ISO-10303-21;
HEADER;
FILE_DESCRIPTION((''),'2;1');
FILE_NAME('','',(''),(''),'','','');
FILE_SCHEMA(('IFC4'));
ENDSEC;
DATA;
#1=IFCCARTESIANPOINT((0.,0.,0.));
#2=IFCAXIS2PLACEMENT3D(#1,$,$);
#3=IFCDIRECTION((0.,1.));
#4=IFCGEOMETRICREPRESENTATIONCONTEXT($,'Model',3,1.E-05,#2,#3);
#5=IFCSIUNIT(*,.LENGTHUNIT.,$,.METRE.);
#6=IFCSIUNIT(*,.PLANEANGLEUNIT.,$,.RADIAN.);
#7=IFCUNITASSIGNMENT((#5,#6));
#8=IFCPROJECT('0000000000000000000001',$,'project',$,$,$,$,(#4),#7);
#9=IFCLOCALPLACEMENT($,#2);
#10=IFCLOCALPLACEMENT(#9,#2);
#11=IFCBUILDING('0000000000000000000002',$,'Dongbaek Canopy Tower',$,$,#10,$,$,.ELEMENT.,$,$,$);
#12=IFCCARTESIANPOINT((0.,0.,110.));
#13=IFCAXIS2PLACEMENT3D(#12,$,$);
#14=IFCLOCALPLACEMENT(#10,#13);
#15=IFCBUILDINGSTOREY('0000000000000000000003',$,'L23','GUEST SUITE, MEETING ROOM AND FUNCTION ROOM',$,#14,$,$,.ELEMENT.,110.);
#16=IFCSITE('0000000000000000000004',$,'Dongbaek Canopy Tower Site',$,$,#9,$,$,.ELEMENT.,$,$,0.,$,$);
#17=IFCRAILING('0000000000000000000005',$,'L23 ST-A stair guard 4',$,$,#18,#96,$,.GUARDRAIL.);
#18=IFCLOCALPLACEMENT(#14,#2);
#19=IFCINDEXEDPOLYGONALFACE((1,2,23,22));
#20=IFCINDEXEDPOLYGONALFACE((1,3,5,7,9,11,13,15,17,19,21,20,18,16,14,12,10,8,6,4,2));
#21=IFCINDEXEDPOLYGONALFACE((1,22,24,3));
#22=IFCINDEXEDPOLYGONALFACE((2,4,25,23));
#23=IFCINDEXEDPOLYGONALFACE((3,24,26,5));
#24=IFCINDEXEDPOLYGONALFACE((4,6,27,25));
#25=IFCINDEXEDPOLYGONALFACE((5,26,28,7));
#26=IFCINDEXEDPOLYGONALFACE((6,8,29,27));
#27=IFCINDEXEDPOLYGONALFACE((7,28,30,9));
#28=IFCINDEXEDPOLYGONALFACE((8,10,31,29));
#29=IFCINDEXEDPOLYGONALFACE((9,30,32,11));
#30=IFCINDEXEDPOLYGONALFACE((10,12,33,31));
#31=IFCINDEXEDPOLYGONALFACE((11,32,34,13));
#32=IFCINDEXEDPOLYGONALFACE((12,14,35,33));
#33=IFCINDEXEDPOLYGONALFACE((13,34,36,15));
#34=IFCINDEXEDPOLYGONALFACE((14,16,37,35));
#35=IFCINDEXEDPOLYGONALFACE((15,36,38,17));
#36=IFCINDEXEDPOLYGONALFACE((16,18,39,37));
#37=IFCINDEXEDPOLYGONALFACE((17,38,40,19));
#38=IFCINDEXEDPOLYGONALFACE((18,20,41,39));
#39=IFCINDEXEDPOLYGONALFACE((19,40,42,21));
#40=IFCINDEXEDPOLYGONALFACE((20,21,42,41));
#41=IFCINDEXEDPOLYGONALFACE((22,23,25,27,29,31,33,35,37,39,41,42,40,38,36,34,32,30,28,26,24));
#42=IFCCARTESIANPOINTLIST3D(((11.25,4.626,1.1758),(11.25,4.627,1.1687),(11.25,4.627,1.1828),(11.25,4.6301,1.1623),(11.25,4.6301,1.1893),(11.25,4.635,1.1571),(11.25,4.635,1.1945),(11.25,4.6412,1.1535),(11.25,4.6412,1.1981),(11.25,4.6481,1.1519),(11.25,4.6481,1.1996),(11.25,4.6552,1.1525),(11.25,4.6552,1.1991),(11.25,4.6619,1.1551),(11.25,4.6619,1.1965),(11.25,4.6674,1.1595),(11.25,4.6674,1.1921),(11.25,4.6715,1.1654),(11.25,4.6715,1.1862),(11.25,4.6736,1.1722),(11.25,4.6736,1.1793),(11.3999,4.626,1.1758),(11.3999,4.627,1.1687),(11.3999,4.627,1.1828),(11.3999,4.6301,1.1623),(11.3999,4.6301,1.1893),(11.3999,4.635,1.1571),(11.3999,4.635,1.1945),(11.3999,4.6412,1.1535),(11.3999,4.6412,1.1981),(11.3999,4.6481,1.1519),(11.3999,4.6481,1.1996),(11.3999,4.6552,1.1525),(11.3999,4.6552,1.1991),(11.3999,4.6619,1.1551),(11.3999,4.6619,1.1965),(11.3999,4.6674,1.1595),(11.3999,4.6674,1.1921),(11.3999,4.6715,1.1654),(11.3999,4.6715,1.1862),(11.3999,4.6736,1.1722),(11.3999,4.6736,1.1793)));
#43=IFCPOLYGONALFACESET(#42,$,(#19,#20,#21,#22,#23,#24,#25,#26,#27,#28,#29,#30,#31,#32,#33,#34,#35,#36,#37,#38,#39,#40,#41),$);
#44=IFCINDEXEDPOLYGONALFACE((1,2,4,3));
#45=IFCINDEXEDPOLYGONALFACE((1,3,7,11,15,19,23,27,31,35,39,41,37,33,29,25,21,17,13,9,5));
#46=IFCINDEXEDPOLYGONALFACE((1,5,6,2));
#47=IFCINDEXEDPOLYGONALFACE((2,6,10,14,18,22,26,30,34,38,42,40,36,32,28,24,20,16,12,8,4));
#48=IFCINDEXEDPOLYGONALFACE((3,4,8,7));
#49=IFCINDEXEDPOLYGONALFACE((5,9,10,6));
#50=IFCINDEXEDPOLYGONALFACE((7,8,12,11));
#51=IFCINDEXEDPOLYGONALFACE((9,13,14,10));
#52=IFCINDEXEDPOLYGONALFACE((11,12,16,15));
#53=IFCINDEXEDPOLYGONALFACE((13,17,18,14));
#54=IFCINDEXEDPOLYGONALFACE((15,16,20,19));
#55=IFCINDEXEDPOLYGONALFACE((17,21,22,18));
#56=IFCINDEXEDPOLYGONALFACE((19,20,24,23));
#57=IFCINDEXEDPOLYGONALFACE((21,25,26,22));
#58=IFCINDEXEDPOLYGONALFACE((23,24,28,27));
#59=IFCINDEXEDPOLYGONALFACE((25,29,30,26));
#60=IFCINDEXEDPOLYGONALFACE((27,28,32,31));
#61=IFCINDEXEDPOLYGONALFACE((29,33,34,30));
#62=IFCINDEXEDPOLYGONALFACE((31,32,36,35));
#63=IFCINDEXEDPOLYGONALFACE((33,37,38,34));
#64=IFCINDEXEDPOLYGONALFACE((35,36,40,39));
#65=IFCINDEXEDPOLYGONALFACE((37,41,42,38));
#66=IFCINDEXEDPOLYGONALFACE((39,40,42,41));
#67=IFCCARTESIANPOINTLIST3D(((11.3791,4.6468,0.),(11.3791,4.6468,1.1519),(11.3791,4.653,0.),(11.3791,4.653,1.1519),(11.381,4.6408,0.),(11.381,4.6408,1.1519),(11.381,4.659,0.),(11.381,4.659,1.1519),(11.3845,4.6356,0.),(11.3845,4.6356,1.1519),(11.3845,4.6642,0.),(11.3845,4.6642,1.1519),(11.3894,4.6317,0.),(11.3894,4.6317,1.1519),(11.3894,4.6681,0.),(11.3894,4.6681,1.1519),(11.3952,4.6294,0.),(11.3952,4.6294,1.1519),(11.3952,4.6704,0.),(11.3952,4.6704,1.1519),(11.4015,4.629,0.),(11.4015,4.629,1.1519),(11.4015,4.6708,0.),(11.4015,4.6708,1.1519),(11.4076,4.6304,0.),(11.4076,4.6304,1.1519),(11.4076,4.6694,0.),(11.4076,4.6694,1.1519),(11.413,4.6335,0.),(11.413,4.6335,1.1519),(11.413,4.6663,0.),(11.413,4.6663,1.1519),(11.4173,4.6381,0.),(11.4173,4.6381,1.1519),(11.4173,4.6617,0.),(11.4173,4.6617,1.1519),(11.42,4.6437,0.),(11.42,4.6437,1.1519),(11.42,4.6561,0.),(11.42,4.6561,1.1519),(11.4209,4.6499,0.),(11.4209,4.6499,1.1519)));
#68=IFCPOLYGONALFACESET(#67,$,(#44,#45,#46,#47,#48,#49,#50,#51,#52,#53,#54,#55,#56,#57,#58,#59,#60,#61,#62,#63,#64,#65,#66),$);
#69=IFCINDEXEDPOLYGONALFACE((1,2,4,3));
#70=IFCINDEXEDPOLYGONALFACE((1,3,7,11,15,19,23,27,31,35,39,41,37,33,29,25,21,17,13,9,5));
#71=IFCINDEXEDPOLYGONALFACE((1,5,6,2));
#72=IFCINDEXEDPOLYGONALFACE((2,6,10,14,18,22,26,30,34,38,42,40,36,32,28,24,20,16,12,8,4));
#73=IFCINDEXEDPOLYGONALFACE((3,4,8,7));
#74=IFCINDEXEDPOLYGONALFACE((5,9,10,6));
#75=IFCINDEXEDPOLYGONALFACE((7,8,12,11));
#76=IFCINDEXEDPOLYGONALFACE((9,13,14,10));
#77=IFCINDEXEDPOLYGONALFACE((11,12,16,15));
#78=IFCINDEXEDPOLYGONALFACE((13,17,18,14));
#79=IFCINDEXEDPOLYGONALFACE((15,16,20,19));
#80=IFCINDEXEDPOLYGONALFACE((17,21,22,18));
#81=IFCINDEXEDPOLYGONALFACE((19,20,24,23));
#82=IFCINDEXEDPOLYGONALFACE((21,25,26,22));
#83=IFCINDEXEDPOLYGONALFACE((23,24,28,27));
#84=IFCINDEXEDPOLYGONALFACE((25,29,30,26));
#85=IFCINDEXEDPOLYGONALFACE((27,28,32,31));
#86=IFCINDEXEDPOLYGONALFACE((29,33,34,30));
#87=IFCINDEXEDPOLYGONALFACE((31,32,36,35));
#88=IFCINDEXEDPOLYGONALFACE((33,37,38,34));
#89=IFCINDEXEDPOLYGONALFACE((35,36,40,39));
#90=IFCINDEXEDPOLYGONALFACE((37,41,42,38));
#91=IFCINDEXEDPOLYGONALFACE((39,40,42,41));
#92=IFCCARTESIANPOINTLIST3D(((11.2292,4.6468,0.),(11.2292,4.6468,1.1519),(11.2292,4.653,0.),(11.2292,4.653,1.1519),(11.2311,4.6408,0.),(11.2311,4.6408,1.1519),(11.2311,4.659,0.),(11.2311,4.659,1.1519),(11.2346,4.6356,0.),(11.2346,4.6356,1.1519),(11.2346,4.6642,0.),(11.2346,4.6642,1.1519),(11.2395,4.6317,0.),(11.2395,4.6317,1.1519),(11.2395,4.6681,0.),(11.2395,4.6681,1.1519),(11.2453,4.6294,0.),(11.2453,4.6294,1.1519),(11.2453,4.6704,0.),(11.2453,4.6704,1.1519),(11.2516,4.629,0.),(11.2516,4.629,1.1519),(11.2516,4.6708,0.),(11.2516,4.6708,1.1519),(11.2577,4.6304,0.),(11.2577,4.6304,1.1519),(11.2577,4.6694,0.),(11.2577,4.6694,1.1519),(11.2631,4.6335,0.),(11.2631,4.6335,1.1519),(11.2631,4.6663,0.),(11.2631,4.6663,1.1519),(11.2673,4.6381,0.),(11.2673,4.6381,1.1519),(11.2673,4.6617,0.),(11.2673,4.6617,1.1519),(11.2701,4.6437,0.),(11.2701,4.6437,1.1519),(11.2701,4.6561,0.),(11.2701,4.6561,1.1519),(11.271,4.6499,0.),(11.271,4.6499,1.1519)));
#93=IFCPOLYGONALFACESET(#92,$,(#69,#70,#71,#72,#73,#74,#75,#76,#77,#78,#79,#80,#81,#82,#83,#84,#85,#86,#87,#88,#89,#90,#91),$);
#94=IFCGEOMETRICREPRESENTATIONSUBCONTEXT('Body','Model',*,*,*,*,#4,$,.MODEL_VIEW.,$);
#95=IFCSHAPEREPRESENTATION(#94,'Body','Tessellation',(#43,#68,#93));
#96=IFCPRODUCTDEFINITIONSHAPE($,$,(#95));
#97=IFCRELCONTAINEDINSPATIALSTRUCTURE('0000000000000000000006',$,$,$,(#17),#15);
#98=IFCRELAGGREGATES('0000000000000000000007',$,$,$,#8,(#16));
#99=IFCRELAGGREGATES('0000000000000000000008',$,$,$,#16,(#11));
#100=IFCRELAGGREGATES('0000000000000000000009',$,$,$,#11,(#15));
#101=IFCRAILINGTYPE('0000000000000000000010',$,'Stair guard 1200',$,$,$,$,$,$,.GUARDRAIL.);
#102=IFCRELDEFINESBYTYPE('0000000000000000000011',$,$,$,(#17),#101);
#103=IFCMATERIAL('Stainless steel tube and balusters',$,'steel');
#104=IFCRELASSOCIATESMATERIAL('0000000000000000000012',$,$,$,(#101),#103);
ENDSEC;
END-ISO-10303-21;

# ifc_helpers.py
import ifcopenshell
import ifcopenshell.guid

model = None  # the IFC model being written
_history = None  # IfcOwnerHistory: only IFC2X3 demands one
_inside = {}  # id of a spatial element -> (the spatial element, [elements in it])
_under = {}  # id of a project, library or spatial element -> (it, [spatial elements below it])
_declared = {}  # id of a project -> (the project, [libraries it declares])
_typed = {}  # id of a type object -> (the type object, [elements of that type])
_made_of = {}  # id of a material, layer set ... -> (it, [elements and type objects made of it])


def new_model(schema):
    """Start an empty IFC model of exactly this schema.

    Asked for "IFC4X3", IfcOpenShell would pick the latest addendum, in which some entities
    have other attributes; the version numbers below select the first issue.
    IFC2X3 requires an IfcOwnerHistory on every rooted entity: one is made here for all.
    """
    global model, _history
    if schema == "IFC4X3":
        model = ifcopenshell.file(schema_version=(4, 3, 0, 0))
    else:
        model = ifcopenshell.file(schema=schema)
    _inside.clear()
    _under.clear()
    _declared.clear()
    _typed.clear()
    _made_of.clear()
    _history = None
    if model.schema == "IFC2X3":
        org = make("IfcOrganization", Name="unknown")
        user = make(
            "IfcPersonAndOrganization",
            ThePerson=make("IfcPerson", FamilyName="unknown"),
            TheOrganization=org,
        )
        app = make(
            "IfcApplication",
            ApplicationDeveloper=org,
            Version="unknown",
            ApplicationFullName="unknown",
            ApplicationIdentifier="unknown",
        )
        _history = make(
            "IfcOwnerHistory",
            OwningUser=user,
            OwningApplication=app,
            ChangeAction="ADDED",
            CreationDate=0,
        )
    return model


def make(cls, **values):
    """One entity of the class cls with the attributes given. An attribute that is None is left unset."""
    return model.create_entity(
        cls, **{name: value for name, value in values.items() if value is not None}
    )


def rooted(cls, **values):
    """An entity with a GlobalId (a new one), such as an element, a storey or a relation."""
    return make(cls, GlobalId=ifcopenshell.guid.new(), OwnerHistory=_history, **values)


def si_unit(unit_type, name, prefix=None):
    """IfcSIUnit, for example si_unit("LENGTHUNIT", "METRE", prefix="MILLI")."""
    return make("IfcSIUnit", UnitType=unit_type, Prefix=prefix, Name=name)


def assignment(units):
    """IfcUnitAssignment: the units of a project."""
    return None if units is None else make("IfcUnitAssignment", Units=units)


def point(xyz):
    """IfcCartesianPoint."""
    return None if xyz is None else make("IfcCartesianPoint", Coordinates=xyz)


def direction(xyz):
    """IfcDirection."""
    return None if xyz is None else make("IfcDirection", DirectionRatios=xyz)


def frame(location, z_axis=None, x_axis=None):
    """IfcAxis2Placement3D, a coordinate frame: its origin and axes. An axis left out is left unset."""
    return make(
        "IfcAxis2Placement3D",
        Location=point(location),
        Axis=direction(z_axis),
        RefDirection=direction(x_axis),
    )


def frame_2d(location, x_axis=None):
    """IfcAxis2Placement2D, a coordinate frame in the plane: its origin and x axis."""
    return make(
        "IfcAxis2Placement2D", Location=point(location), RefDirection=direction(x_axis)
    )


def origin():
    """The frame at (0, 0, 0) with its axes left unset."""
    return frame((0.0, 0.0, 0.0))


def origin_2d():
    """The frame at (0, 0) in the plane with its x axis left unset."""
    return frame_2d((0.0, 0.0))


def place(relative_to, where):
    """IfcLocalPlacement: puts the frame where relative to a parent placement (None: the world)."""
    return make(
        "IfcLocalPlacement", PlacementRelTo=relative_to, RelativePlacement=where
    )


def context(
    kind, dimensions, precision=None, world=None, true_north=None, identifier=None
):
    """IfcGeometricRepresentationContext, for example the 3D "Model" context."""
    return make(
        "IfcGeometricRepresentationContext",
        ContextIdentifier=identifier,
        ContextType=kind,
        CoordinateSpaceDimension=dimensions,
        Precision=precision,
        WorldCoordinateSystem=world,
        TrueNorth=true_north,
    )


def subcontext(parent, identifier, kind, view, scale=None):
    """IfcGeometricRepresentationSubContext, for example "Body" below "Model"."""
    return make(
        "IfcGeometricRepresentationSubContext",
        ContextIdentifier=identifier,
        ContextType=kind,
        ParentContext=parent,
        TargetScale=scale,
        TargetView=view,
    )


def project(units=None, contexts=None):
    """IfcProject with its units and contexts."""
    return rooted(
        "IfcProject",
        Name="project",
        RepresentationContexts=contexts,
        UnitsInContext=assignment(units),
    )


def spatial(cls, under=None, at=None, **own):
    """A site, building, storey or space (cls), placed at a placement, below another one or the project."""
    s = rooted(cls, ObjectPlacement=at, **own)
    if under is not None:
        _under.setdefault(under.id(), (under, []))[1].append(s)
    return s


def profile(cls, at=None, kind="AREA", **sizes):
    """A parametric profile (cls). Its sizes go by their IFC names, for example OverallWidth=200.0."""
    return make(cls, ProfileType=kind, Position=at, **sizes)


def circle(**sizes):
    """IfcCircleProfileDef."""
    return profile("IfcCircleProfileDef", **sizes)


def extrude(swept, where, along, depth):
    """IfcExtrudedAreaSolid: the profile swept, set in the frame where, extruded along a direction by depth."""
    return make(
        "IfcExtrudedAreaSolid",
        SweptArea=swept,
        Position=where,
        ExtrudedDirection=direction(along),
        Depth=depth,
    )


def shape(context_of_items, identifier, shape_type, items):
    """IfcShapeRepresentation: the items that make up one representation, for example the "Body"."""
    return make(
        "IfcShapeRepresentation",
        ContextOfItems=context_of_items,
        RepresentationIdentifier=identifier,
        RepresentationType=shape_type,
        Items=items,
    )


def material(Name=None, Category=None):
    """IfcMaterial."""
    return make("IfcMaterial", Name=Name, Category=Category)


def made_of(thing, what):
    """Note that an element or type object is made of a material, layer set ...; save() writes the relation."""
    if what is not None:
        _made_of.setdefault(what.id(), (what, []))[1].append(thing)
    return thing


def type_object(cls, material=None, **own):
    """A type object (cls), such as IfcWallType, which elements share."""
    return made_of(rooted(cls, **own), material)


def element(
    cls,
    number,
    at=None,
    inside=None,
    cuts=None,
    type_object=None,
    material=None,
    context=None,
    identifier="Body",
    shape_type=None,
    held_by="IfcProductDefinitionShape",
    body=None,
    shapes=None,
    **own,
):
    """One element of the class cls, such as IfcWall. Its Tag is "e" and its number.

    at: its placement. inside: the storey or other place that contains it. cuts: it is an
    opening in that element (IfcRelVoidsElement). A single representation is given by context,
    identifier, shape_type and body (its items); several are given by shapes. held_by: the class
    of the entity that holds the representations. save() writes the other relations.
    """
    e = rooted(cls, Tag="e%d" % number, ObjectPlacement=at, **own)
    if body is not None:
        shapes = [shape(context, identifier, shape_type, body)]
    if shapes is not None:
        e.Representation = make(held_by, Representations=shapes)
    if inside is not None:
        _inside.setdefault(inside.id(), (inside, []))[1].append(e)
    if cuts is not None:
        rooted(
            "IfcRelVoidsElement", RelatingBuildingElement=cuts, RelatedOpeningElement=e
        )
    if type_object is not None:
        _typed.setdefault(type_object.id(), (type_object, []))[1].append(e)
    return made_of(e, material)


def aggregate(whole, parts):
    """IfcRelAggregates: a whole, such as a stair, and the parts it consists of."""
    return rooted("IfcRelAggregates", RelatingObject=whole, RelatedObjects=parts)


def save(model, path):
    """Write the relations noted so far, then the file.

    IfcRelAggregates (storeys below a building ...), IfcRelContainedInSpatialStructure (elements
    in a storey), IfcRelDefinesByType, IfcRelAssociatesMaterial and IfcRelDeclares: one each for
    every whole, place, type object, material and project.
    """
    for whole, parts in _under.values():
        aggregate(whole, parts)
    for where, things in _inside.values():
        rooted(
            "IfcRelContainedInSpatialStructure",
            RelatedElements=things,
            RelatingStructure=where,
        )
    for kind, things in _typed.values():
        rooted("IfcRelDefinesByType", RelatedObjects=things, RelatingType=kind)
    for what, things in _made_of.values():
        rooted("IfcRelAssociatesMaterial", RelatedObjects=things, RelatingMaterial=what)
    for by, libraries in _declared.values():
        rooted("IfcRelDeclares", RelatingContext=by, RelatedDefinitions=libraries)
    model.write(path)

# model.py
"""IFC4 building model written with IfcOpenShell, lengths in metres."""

from ifc_helpers import new_model, si_unit, direction, frame, origin, origin_2d, place, context, subcontext, project, spatial, circle, extrude, material, type_object, element, save


model = new_model("IFC4")

# Units and contexts
model_context = context("Model", 3, precision=1e-05, world=origin(), true_north=direction((0.0, 1.0)))
body_context = subcontext(model_context, "Body", "Model", "MODEL_VIEW")
ifc_project = project(units=[si_unit("LENGTHUNIT", "METRE"), si_unit("PLANEANGLEUNIT", "RADIAN")], contexts=[model_context])

# Site, building, storey
site_placement = place(None, origin())
site = spatial("IfcSite", under=ifc_project, at=site_placement, Name="Dongbaek Canopy Tower Site", CompositionType="ELEMENT", RefElevation=0.0)
building_placement = place(site_placement, origin())
building = spatial("IfcBuilding", under=site, at=building_placement, Name="Dongbaek Canopy Tower", CompositionType="ELEMENT")
storey_placement = place(building_placement, frame((0.0, 0.0, 110.0)))
storey = spatial("IfcBuildingStorey", under=building, at=storey_placement, Name="L23", Description="GUEST SUITE, MEETING ROOM AND FUNCTION ROOM", CompositionType="ELEMENT", Elevation=110.0)

# Railing
ifc_material_1 = material(Name="Stainless steel tube and balusters", Category="steel")
railing_type_1 = type_object("IfcRailingType", Name="Stair guard 1200", PredefinedType="GUARDRAIL", material=ifc_material_1)
railing_1_placement = place(storey_placement, frame((11.3999, 4.6499, 0.0)))
element("IfcRailing", 1, at=railing_1_placement, inside=storey, type_object=railing_type_1, Name="L23 ST-A stair guard 4", PredefinedType="GUARDRAIL", context=body_context, shape_type="SweptSolid", body=[
    extrude(circle(Radius=0.0239, at=origin_2d()), frame((0.0, 0.0, 1.1758), z_axis=(-1.0, 0.0, 0.0), x_axis=(0.0, -1.0, 0.0)), (0.0, 0.0, 1.0), 0.1499),
    extrude(circle(Radius=0.021, at=origin_2d()), origin(), (0.0, 0.0, 1.0), 1.1519),
    extrude(circle(Radius=0.021, at=origin_2d()), frame((-0.1499, 0.0, 0.0)), (0.0, 0.0, 1.0), 1.1519),
])

save(model, "model.ifc")
